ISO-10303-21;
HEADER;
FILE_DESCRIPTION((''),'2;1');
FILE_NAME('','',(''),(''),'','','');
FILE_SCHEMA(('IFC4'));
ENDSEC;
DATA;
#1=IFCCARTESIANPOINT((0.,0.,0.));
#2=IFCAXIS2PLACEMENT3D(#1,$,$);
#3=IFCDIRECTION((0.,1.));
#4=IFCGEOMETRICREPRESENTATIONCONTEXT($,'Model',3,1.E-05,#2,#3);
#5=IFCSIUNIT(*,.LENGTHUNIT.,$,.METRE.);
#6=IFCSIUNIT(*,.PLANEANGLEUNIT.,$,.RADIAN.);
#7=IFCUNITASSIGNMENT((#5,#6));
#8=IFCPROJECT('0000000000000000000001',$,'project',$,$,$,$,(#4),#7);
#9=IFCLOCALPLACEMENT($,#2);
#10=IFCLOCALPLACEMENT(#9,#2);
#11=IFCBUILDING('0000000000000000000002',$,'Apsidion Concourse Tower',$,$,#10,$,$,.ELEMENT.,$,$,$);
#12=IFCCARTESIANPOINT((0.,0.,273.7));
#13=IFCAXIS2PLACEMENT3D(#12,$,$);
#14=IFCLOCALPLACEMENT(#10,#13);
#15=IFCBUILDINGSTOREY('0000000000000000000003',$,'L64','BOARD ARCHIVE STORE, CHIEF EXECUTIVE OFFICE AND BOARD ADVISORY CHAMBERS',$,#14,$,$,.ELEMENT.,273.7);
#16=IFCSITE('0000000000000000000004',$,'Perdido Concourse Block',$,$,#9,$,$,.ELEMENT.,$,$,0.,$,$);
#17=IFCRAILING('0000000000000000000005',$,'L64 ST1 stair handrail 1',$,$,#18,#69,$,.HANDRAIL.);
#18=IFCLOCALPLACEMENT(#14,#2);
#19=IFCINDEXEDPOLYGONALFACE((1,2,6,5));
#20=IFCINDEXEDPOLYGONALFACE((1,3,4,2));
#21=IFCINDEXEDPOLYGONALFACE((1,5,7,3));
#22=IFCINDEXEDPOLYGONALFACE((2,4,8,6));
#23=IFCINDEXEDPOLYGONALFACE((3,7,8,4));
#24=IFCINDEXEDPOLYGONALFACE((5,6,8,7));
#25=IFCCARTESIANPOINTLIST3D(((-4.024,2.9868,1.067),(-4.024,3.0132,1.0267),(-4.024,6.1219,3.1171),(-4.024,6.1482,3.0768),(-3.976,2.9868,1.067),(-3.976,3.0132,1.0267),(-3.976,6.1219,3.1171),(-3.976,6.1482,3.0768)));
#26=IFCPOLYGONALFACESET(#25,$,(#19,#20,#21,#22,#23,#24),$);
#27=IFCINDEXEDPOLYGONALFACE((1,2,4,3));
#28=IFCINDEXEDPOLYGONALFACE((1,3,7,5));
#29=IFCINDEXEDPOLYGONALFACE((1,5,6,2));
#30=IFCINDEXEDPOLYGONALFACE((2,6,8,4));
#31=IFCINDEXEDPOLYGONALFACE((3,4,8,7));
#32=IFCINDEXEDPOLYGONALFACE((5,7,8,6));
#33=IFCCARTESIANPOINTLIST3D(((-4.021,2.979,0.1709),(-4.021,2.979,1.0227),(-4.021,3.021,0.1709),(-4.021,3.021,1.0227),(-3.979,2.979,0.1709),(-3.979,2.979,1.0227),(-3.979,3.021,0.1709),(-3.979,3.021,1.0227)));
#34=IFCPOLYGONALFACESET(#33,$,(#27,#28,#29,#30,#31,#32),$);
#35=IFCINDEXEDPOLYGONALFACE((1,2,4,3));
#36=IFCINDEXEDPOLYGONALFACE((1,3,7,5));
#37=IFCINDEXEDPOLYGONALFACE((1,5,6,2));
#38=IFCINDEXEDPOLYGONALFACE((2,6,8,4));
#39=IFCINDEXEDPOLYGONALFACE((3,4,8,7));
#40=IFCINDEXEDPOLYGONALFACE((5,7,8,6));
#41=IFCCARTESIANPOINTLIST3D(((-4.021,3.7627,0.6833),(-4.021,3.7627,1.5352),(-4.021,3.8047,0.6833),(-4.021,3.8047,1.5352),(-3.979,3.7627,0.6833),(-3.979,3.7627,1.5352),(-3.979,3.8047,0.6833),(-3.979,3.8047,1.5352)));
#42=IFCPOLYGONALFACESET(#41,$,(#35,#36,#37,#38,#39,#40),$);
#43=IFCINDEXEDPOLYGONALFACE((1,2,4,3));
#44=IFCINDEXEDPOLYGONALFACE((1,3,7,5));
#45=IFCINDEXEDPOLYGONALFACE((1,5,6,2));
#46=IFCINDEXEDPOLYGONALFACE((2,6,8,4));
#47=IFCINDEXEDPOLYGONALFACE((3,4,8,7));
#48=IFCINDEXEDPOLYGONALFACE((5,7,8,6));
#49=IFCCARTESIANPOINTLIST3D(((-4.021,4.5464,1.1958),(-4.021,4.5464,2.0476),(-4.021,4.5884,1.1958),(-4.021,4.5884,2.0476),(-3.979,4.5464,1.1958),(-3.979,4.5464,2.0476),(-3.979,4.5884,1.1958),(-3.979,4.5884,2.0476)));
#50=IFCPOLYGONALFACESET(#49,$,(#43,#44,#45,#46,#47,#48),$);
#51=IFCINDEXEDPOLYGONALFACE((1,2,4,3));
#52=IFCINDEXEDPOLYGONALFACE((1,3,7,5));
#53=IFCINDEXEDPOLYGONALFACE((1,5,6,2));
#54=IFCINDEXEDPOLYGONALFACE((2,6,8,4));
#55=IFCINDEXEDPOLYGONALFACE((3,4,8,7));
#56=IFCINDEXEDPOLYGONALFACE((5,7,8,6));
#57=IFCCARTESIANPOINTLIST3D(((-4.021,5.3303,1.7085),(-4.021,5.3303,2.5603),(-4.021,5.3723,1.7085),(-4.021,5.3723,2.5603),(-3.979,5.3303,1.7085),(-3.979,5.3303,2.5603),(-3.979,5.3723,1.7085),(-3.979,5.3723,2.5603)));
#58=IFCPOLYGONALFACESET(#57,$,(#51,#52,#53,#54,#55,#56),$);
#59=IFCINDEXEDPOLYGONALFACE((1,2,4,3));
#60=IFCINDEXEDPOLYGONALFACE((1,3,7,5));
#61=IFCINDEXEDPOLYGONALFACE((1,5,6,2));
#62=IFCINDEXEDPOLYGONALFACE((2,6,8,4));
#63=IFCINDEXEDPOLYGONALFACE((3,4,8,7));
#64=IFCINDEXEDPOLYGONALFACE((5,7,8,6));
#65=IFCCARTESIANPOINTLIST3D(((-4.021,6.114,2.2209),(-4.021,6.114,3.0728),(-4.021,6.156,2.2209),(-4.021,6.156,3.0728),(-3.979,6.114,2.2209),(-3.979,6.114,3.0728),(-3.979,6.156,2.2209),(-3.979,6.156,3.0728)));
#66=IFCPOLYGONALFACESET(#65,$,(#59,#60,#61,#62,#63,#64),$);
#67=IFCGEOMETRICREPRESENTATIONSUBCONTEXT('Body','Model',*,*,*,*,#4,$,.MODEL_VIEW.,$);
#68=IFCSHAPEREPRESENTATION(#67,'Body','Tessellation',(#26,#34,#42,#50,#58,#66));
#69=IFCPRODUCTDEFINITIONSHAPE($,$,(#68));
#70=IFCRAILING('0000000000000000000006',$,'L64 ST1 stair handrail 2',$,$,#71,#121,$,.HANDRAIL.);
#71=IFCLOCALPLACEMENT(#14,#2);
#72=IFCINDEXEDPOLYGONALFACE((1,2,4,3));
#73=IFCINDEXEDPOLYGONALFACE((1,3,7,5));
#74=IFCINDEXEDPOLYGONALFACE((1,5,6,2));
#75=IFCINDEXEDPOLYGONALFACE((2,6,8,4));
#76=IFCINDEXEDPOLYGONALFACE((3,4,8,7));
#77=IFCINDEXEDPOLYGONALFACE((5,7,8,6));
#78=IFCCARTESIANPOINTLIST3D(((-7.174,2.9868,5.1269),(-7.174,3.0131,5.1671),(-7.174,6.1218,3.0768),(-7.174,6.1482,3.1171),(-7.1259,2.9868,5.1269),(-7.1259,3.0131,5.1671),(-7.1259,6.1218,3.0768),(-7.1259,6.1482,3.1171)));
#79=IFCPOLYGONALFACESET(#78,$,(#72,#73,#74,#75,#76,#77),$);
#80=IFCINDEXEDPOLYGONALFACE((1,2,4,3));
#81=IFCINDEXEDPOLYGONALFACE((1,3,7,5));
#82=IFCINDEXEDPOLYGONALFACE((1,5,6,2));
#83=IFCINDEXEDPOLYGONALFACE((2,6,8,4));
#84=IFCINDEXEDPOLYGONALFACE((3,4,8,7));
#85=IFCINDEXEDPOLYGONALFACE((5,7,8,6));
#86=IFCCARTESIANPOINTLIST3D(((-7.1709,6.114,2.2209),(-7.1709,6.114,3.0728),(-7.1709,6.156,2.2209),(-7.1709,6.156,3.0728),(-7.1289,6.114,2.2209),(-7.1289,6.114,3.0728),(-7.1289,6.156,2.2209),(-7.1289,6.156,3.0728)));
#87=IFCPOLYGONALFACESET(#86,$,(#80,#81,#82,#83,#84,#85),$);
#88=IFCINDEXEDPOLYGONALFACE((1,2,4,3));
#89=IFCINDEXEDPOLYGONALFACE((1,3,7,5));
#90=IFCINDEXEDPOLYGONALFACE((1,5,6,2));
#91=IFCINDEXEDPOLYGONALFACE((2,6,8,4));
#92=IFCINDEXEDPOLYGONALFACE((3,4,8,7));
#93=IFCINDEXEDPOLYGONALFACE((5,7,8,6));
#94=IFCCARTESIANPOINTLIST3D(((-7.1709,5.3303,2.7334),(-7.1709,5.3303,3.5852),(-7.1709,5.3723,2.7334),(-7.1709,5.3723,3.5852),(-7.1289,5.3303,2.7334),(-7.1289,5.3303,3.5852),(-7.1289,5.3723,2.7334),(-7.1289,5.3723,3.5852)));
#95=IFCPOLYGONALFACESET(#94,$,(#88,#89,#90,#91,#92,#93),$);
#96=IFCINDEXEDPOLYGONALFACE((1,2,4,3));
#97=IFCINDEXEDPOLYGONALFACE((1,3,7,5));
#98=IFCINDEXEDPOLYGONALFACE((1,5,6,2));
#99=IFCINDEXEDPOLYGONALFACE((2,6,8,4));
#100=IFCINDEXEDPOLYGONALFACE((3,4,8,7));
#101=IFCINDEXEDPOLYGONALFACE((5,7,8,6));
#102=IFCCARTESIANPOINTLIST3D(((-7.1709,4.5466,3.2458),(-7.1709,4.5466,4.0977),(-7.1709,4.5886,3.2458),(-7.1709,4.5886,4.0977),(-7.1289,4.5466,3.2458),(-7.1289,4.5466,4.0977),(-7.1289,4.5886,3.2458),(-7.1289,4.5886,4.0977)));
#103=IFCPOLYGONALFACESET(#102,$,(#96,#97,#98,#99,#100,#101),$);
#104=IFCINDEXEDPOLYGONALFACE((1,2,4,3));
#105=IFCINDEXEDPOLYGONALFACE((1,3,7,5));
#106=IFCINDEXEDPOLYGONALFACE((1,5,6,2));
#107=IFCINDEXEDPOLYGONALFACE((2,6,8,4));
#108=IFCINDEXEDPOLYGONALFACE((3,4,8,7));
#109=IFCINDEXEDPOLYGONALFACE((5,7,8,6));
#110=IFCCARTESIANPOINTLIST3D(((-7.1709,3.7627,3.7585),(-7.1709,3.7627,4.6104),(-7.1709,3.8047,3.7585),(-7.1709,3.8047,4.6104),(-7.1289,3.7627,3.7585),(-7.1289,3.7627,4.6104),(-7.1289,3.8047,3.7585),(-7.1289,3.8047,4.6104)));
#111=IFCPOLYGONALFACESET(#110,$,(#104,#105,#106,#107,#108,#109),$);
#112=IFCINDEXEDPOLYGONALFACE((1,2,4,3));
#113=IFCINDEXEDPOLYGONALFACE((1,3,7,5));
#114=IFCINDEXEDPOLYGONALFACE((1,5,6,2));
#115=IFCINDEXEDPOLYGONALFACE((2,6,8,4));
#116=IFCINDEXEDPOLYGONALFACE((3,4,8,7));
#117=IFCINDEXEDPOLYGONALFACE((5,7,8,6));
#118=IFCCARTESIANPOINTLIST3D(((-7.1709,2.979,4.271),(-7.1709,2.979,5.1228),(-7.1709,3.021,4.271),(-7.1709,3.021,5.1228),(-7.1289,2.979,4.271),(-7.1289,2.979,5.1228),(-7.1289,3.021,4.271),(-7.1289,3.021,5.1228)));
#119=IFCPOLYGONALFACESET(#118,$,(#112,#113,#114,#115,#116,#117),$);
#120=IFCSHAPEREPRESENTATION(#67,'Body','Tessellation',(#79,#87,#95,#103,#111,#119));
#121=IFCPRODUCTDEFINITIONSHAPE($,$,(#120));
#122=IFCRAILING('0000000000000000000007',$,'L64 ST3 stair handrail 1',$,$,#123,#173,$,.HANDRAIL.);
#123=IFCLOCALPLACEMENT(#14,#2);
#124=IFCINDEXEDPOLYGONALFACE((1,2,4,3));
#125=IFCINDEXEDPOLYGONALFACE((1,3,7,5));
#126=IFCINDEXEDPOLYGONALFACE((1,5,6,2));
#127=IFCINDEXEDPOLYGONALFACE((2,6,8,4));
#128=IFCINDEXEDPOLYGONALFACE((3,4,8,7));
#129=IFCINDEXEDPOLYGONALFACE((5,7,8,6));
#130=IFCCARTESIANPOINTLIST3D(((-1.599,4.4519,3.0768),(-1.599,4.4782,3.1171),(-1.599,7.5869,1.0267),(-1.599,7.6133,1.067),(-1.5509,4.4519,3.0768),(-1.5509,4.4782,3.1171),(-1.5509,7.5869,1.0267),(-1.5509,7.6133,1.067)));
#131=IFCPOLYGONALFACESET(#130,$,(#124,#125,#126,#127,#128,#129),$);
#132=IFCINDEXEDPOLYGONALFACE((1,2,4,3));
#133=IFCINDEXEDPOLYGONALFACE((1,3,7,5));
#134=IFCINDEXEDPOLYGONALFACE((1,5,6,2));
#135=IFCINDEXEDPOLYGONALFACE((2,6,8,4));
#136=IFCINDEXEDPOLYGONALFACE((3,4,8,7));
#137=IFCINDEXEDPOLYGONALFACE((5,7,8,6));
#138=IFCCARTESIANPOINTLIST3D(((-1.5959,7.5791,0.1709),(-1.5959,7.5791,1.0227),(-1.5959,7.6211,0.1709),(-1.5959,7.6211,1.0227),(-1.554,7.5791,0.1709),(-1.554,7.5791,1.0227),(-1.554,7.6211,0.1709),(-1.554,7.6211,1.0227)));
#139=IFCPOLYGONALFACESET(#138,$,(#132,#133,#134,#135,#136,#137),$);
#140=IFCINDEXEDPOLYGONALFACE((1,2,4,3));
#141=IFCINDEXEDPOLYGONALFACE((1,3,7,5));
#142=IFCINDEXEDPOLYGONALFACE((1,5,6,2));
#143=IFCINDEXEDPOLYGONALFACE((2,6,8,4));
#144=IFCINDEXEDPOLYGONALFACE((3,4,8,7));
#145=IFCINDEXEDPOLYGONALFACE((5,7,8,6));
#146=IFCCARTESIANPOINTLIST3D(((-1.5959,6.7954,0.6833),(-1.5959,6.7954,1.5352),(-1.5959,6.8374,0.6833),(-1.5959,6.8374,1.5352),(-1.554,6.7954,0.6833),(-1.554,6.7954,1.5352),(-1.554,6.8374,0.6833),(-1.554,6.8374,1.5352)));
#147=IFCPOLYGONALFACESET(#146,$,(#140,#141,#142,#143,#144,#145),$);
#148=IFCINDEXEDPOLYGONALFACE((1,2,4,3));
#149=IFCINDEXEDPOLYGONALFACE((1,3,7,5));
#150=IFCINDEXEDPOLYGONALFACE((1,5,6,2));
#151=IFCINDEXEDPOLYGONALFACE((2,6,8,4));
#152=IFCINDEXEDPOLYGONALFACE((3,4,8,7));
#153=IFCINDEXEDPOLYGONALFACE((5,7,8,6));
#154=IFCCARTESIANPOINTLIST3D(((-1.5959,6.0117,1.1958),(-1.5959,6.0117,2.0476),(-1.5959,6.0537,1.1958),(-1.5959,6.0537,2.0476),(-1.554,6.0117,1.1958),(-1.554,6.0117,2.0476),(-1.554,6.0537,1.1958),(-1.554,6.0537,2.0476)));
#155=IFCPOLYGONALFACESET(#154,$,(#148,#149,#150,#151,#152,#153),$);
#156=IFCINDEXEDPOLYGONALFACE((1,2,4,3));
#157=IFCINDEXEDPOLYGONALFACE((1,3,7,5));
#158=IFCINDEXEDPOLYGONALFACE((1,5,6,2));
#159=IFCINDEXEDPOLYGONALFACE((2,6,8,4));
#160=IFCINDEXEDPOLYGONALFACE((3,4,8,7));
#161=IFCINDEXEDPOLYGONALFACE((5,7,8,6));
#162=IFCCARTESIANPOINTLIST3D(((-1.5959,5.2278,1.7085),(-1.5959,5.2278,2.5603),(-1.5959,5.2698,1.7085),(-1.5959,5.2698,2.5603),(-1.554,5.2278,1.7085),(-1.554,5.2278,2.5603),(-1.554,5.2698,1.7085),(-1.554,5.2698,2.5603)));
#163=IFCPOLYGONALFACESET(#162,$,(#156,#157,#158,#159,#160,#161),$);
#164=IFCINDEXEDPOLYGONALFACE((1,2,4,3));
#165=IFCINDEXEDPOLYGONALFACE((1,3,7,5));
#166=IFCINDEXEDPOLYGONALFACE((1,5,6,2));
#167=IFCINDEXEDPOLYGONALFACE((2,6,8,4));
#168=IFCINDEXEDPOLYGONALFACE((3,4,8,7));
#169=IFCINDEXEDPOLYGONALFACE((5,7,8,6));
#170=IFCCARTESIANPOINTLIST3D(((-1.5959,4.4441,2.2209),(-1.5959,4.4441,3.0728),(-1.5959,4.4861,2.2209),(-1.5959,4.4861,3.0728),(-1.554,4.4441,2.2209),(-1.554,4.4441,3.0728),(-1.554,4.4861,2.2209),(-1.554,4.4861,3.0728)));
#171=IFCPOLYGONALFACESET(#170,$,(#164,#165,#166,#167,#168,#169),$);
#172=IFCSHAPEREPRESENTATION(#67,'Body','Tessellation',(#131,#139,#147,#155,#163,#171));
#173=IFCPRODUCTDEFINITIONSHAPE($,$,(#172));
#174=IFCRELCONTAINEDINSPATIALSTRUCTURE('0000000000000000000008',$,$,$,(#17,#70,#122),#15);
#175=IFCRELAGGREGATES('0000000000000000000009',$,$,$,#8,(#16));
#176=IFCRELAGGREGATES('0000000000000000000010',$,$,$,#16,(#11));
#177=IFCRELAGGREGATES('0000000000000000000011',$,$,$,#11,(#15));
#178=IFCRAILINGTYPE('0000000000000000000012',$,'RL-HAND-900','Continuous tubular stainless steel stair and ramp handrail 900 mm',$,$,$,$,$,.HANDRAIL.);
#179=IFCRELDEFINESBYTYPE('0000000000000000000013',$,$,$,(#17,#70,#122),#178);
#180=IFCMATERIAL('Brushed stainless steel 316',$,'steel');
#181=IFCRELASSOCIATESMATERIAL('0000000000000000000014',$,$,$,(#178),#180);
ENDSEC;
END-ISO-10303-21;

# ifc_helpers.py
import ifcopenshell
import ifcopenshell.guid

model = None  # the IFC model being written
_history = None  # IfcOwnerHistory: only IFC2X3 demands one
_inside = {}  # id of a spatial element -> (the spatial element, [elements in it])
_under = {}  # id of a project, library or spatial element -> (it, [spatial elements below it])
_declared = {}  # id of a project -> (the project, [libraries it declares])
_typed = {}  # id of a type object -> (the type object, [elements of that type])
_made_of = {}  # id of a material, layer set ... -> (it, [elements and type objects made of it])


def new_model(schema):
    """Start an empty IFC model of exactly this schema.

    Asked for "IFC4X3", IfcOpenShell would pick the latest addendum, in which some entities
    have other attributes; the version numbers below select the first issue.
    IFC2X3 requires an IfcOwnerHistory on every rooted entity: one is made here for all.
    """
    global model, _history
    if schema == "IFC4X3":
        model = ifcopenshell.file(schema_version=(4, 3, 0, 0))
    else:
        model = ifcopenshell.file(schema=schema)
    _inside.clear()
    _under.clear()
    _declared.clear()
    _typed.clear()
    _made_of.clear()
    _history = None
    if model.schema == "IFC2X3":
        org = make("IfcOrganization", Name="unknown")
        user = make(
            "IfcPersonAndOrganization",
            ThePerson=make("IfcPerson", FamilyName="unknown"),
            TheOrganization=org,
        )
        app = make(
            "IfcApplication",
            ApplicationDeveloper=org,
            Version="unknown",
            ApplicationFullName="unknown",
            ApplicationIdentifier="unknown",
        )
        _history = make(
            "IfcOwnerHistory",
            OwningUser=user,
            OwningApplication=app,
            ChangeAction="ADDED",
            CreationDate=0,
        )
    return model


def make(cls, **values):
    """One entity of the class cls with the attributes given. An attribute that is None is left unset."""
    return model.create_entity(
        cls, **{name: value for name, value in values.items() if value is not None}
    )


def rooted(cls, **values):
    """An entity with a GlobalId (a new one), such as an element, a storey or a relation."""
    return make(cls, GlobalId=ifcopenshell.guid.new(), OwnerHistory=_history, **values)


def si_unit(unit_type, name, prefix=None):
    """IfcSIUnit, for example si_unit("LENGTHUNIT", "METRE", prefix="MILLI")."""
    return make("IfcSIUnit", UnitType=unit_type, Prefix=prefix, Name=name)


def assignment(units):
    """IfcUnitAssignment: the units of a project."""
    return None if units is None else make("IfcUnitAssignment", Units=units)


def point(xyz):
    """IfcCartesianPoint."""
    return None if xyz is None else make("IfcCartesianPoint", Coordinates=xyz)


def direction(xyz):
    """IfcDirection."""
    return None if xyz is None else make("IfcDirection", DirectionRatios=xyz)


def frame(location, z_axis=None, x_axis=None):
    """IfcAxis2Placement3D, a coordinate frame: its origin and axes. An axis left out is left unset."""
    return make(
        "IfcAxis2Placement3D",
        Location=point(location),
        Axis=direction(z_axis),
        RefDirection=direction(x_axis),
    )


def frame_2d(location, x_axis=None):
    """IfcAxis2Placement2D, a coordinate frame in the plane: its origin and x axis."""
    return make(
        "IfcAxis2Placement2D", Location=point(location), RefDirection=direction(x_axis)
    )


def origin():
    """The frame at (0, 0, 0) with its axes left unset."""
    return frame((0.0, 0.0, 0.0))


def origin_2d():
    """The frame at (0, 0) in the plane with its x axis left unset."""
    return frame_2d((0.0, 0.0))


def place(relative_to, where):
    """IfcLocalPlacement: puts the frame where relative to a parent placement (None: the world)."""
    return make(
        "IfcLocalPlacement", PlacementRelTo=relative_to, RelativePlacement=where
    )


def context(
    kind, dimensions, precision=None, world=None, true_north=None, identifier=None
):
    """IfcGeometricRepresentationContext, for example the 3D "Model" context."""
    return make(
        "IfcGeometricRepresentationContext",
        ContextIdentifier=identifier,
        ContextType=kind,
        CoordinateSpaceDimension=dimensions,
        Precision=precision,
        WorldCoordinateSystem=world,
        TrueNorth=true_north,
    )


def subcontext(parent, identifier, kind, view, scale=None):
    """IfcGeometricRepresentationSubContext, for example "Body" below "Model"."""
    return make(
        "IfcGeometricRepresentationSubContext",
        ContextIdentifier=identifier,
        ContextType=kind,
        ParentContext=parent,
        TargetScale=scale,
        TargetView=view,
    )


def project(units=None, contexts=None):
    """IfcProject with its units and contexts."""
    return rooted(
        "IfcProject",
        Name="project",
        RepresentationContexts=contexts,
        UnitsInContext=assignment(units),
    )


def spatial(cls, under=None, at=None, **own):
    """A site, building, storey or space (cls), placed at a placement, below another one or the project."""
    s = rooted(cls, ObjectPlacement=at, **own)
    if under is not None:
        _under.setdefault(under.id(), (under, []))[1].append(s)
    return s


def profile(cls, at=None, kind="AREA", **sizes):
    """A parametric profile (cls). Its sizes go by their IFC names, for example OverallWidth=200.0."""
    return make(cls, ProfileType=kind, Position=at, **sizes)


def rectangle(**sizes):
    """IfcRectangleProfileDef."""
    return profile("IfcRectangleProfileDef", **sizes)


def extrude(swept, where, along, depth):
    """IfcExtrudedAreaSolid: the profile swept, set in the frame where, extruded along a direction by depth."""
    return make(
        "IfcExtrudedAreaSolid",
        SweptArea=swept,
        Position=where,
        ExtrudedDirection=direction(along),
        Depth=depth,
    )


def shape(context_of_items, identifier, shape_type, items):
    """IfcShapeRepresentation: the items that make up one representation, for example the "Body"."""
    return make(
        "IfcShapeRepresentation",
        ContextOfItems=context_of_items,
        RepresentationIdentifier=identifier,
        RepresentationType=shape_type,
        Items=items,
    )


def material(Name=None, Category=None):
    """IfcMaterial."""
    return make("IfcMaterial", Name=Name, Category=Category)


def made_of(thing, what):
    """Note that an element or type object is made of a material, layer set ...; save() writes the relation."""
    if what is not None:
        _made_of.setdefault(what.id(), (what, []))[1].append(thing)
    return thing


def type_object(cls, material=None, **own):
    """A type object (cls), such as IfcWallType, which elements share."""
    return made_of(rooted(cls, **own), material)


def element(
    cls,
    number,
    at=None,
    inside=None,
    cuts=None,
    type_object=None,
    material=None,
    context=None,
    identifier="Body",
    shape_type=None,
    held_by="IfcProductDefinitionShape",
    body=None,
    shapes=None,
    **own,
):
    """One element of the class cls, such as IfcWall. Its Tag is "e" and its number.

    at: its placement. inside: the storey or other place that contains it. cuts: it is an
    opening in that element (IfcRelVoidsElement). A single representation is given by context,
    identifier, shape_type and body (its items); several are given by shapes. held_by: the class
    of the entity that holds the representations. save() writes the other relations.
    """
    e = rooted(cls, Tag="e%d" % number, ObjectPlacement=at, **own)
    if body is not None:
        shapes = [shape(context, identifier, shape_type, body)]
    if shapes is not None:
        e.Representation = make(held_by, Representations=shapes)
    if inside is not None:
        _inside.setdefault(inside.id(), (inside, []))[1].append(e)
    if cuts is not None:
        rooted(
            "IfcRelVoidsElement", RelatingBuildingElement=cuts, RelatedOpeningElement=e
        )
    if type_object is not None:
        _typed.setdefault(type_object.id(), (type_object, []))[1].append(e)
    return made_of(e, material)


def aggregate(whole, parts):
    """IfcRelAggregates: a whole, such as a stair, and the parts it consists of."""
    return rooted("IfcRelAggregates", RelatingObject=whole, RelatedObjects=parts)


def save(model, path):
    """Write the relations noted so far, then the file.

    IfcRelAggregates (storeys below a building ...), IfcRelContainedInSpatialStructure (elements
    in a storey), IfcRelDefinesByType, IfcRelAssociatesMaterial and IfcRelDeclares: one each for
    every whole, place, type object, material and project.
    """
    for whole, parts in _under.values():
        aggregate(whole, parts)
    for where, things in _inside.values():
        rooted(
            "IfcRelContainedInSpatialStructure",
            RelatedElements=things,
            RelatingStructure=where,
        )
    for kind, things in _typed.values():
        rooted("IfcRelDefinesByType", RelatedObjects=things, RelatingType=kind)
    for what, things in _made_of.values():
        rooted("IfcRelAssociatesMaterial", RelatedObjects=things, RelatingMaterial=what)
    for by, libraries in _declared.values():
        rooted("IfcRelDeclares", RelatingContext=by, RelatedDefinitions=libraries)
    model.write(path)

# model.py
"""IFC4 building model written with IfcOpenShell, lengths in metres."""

from ifc_helpers import new_model, si_unit, direction, frame, origin, origin_2d, place, context, subcontext, project, spatial, rectangle, extrude, material, type_object, element, save


model = new_model("IFC4")

# Units and contexts
model_context = context("Model", 3, precision=1e-05, world=origin(), true_north=direction((0.0, 1.0)))
body_context = subcontext(model_context, "Body", "Model", "MODEL_VIEW")
ifc_project = project(units=[si_unit("LENGTHUNIT", "METRE"), si_unit("PLANEANGLEUNIT", "RADIAN")], contexts=[model_context])

# Site, building, storey
site_placement = place(None, origin())
site = spatial("IfcSite", under=ifc_project, at=site_placement, Name="Perdido Concourse Block", CompositionType="ELEMENT", RefElevation=0.0)
building_placement = place(site_placement, origin())
building = spatial("IfcBuilding", under=site, at=building_placement, Name="Apsidion Concourse Tower", CompositionType="ELEMENT")
storey_placement = place(building_placement, frame((0.0, 0.0, 273.7)))
storey = spatial("IfcBuildingStorey", under=building, at=storey_placement, Name="L64", Description="BOARD ARCHIVE STORE, CHIEF EXECUTIVE OFFICE AND BOARD ADVISORY CHAMBERS", CompositionType="ELEMENT", Elevation=273.7)

# Shared definitions
ifc_material_1 = material(Name="Brushed stainless steel 316", Category="steel")

# Railings
railing_type_1 = type_object("IfcRailingType", Name="RL-HAND-900", Description="Continuous tubular stainless steel stair and ramp handrail 900 mm", PredefinedType="HANDRAIL", material=ifc_material_1)
railing_1_placement = place(storey_placement, frame((-4.0, 3.0, 0.1709)))
element("IfcRailing", 1, at=railing_1_placement, inside=storey, type_object=railing_type_1, Name="L64 ST1 stair handrail 1", PredefinedType="HANDRAIL", context=body_context, shape_type="SweptSolid", body=[
    extrude(rectangle(XDim=0.0481, YDim=0.0481, at=origin_2d()), frame((0.0, 0.0, 0.876), z_axis=(0.0, 0.836941, 0.547293), x_axis=(-1.0, 0.0, 0.0)), (0.0, 0.0, 1.0), 3.7458),
    extrude(rectangle(XDim=0.042, YDim=0.042, at=origin_2d()), origin(), (0.0, 0.0, 1.0), 0.8518),
    extrude(rectangle(XDim=0.042, YDim=0.042, at=origin_2d()), frame((0.0, 0.7837, 0.5125)), (0.0, 0.0, 1.0), 0.8518),
    extrude(rectangle(XDim=0.042, YDim=0.042, at=origin_2d()), frame((0.0, 1.5674, 1.0249)), (0.0, 0.0, 1.0), 0.8518),
    extrude(rectangle(XDim=0.042, YDim=0.042, at=origin_2d()), frame((0.0, 2.3513, 1.5376)), (0.0, 0.0, 1.0), 0.8518),
    extrude(rectangle(XDim=0.042, YDim=0.042, at=origin_2d()), frame((0.0, 3.135, 2.05)), (0.0, 0.0, 1.0), 0.8518),
])
for number, where, name in (
    (2, (-7.1499, 6.135, 2.2209), "L64 ST1 stair handrail 2"),
    (3, (-1.575, 7.6001, 0.1709), "L64 ST3 stair handrail 1"),
):
    element("IfcRailing", number, at=place(storey_placement, frame(where)), inside=storey, type_object=railing_type_1, Name=name, PredefinedType="HANDRAIL", context=body_context, shape_type="SweptSolid", body=[
        extrude(rectangle(XDim=0.0481, YDim=0.0481, at=origin_2d()), frame((0.0, 0.0, 0.876), z_axis=(0.0, -0.836941, 0.547293), x_axis=(1.0, 0.0, 0.0)), (0.0, 0.0, 1.0), 3.7458),
        extrude(rectangle(XDim=0.042, YDim=0.042, at=origin_2d()), origin(), (0.0, 0.0, 1.0), 0.8518),
        extrude(rectangle(XDim=0.042, YDim=0.042, at=origin_2d()), frame((0.0, -0.7837, 0.5125)), (0.0, 0.0, 1.0), 0.8518),
        extrude(rectangle(XDim=0.042, YDim=0.042, at=origin_2d()), frame((0.0, -1.5674, 1.0249)), (0.0, 0.0, 1.0), 0.8518),
        extrude(rectangle(XDim=0.042, YDim=0.042, at=origin_2d()), frame((0.0, -2.3513, 1.5376)), (0.0, 0.0, 1.0), 0.8518),
        extrude(rectangle(XDim=0.042, YDim=0.042, at=origin_2d()), frame((0.0, -3.135, 2.05)), (0.0, 0.0, 1.0), 0.8518),
    ])

save(model, "model.ifc")
